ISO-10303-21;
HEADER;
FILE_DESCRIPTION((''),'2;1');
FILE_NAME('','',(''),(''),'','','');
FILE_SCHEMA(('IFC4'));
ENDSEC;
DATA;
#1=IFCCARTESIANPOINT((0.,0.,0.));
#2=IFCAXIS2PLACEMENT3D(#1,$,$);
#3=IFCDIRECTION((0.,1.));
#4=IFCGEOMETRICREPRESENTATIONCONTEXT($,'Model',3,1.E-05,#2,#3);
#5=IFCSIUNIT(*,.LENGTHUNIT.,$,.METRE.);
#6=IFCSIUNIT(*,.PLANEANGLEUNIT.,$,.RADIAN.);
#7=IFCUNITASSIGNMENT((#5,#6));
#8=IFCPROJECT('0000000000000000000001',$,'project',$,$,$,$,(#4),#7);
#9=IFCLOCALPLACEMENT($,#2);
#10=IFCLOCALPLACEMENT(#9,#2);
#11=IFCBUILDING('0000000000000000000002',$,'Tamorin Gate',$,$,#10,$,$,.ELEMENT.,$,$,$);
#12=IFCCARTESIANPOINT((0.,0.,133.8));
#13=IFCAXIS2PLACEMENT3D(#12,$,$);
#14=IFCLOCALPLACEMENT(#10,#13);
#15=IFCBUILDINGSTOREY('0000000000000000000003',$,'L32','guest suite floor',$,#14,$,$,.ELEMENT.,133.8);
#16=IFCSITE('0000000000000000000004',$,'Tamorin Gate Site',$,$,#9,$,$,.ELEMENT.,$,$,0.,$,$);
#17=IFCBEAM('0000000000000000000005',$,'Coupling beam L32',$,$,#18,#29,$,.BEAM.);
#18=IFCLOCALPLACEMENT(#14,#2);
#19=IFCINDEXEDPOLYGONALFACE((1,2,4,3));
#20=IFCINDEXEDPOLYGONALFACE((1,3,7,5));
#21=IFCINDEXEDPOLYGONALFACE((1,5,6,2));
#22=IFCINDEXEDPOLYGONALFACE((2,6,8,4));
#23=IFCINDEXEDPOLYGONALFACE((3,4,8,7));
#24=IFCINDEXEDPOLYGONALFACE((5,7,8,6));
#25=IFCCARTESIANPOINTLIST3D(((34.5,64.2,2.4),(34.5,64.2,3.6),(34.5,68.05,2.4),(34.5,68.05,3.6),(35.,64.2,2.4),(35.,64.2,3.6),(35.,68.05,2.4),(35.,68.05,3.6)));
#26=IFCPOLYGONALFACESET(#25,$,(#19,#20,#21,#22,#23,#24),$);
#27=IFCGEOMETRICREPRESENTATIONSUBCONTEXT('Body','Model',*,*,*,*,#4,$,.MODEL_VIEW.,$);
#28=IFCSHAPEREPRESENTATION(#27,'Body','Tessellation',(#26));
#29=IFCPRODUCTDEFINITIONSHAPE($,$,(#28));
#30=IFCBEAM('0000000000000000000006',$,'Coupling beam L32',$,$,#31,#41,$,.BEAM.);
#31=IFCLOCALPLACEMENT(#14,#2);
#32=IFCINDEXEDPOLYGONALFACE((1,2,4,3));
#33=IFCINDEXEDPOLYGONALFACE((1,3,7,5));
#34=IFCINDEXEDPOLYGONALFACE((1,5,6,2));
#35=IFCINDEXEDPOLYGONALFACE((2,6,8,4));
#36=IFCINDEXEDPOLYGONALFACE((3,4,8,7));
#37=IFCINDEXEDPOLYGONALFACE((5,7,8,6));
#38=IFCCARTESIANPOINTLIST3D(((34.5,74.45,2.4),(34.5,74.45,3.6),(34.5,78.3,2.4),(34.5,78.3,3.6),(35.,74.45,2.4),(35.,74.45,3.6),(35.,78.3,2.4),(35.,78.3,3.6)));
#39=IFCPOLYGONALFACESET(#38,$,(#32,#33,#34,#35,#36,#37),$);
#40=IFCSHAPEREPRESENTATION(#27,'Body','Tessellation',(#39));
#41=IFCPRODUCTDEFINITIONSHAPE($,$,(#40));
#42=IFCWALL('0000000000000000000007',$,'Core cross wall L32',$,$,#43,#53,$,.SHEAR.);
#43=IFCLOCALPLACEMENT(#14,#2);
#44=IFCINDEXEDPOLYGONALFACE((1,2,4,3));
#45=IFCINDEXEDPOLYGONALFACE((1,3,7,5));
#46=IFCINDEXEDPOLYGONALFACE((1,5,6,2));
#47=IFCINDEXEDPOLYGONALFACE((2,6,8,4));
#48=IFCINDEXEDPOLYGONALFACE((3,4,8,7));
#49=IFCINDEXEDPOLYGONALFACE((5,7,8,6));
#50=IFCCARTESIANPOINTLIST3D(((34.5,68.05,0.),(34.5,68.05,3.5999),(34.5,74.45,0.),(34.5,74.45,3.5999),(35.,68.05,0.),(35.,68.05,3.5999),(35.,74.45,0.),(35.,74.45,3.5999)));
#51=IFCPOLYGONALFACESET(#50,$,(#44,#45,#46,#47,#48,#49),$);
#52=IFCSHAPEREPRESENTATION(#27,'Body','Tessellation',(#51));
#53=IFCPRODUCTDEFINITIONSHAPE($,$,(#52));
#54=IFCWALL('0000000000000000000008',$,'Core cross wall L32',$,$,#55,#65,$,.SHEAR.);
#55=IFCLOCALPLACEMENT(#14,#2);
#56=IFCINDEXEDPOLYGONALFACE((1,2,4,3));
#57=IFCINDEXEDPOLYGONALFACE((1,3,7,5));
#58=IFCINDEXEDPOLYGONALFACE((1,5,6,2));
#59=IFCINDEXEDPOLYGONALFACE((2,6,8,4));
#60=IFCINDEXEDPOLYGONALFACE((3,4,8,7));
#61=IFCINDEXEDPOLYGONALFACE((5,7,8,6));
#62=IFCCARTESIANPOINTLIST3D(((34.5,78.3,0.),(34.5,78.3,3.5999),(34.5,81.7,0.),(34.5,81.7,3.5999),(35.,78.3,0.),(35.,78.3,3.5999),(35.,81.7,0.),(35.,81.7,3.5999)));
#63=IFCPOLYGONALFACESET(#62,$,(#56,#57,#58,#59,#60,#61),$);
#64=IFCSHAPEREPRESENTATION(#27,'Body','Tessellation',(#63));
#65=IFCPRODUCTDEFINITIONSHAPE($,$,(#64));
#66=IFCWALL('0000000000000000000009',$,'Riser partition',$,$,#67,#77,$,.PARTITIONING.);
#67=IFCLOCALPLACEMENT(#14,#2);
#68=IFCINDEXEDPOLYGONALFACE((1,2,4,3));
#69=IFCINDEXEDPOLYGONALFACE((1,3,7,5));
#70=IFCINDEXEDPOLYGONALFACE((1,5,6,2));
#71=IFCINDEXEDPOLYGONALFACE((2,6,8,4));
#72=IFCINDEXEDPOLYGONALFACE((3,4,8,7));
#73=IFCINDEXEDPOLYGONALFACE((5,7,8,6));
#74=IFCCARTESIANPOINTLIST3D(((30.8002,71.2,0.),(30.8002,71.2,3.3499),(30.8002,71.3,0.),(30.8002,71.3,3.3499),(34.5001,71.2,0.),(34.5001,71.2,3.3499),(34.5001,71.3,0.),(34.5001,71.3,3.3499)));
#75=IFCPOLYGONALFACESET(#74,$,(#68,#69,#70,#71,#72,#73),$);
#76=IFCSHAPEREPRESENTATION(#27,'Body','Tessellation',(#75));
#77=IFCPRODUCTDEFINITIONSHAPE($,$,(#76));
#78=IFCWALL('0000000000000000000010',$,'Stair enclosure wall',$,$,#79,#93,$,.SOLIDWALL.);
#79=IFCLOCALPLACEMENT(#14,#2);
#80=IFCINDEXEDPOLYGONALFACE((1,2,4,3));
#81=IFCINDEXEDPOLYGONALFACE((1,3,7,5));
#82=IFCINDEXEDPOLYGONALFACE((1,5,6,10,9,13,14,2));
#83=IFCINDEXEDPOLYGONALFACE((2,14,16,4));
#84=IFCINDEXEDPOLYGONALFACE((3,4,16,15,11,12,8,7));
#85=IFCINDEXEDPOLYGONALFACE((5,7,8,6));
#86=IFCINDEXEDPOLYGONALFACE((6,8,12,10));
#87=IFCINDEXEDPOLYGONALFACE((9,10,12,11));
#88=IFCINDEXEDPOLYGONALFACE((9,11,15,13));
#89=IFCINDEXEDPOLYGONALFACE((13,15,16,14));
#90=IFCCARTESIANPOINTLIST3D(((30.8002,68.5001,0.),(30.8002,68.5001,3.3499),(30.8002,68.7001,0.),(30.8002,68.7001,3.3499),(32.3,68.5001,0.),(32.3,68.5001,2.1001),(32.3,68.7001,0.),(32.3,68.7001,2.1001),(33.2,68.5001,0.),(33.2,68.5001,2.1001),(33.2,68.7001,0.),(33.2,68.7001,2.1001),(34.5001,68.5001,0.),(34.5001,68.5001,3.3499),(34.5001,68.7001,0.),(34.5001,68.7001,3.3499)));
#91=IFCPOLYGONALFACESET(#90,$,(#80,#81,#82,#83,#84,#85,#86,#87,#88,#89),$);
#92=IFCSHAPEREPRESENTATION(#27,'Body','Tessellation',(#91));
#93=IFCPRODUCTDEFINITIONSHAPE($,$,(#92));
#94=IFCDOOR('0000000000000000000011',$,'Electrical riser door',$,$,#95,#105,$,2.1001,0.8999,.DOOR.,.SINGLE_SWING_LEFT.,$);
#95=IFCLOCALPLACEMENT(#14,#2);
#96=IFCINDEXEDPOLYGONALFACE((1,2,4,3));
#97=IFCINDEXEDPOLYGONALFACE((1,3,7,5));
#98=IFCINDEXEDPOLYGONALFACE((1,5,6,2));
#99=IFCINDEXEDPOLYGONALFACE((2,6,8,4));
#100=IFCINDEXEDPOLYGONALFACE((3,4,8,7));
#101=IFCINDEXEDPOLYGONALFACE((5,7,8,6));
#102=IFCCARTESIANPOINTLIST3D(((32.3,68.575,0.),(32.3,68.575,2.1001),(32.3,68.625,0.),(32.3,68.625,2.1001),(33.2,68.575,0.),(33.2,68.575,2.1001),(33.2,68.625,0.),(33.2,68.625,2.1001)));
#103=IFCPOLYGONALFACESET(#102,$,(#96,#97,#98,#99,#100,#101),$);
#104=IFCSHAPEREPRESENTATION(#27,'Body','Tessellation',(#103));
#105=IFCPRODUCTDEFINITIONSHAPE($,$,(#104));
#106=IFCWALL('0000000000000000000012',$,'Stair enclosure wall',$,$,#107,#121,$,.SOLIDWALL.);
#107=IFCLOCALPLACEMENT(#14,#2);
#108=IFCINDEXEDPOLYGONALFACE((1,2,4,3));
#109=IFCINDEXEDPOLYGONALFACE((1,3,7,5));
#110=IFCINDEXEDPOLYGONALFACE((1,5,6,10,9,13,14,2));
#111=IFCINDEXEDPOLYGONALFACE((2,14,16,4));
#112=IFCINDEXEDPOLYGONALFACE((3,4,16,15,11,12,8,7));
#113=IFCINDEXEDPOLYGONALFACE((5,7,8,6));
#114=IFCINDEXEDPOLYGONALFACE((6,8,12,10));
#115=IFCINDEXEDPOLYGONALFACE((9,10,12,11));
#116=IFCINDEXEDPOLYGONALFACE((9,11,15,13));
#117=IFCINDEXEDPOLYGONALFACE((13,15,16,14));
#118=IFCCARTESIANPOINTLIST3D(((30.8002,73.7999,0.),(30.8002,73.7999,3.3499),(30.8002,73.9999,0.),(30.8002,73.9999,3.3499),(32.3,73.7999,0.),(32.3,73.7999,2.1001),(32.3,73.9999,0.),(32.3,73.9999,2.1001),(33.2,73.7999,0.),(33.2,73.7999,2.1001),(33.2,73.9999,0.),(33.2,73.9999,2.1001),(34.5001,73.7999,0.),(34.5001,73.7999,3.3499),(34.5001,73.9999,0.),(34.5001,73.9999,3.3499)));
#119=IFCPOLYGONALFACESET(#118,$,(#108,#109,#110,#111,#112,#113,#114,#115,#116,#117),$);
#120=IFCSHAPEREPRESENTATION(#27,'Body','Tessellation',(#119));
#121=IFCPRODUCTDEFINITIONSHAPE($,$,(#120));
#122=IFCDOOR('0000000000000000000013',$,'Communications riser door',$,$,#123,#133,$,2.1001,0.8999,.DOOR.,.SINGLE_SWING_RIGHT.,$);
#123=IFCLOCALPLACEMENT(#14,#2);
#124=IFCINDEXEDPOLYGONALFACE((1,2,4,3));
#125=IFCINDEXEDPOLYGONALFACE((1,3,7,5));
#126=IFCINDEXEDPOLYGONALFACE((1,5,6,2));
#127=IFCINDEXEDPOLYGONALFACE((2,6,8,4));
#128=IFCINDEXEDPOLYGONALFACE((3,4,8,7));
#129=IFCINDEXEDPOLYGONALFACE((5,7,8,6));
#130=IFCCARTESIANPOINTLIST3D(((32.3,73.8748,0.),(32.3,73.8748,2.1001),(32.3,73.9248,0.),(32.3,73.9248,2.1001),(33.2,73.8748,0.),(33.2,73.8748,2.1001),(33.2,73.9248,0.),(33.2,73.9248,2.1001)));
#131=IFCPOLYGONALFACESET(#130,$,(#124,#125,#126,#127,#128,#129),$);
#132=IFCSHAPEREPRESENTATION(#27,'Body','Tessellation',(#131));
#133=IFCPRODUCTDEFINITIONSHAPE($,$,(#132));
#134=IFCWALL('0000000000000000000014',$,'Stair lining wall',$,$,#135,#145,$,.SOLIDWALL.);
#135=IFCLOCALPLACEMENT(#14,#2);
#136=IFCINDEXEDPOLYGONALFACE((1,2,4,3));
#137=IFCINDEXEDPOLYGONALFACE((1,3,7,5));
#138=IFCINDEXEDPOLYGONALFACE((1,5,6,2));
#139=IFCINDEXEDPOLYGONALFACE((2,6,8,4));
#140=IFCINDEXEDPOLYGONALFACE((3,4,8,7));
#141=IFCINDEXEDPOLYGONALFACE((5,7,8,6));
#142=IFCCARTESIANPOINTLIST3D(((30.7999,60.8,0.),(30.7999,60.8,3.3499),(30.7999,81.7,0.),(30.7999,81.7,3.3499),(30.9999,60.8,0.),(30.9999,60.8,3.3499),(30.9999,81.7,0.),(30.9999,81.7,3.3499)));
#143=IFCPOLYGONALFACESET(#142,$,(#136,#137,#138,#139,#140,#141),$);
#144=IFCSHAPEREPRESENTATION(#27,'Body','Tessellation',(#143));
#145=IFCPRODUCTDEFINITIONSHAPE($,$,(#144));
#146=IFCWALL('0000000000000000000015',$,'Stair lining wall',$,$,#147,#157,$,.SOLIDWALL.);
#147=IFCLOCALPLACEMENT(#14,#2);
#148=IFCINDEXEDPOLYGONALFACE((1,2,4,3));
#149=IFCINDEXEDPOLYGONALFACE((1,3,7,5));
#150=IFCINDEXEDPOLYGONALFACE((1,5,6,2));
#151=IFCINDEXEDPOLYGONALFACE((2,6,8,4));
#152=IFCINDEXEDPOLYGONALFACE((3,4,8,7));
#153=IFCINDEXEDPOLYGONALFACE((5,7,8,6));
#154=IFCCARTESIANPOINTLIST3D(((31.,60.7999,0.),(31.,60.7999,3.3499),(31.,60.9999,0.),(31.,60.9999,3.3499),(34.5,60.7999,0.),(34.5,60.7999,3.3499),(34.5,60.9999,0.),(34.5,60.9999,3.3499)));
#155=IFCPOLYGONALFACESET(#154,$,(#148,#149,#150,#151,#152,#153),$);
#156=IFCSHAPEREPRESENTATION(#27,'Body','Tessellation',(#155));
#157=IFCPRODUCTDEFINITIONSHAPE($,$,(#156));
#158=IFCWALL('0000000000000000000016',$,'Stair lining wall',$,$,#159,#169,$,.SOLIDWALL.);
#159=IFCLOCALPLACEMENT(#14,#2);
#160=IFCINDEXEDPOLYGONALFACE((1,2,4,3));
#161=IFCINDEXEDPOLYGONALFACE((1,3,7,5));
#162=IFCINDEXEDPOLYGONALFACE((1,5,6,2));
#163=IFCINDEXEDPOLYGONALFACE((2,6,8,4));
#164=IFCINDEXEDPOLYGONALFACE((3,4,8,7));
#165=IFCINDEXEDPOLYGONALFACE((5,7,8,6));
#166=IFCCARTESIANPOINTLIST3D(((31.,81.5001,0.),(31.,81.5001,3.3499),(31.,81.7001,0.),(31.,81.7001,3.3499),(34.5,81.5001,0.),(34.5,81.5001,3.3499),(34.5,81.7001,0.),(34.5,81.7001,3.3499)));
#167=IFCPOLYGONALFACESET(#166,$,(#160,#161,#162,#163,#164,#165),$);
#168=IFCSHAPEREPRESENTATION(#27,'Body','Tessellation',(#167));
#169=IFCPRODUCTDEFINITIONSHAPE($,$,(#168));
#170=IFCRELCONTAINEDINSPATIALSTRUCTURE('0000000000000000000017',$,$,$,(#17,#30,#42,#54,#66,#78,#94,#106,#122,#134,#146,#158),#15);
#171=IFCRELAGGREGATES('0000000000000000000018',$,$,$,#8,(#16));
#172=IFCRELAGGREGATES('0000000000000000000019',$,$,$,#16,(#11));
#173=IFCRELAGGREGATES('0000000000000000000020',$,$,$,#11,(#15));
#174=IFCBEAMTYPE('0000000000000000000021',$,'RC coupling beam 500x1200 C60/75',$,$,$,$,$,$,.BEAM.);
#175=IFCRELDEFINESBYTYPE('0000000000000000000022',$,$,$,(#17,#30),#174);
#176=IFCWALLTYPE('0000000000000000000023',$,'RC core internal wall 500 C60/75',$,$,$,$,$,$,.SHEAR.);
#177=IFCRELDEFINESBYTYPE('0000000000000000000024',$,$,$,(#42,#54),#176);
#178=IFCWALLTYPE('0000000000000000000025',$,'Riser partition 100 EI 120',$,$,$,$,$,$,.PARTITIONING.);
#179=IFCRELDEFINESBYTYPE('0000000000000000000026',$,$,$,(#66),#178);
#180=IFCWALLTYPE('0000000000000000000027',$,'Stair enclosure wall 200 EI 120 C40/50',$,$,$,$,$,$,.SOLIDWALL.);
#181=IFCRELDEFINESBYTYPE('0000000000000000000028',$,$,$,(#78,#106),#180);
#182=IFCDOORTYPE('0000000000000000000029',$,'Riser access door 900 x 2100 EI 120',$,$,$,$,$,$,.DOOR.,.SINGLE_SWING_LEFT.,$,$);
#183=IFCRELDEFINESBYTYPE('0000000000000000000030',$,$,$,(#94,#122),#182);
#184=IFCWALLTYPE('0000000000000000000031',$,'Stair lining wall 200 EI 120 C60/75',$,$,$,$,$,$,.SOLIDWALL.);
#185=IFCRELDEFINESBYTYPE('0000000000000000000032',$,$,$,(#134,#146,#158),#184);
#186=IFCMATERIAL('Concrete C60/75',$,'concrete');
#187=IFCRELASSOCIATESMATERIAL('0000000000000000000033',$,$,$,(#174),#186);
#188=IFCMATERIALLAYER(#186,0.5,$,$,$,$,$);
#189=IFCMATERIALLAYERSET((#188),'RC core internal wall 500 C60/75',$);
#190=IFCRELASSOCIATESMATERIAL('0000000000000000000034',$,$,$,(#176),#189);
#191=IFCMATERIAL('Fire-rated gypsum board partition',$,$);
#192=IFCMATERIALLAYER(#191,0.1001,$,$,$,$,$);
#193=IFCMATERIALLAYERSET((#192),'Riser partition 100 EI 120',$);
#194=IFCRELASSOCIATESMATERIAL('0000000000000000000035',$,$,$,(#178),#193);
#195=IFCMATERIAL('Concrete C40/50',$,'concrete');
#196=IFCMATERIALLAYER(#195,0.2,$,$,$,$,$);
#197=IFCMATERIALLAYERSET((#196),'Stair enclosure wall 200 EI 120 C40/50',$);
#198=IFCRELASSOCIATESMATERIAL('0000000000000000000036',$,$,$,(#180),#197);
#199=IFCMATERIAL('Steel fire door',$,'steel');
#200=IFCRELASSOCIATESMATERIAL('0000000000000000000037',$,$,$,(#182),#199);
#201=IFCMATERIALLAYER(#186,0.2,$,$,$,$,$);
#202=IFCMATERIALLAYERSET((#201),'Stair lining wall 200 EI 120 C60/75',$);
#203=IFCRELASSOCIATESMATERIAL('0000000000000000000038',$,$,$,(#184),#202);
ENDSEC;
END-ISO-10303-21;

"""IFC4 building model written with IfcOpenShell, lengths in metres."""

from ifc_helpers import new_model, si_unit, direction, frame, frame_2d, origin, origin_2d, place, context, subcontext, project, spatial, rectangle, extrude, material, layer, layer_set, material_profile, profile_set, type_object, element, fill, save


model = new_model("IFC4")

# Units and contexts
model_context = context("Model", 3, precision=1e-05, world=origin(), true_north=direction((0.0, 1.0)))
body_context = subcontext(model_context, "Body", "Model", "MODEL_VIEW")
ifc_project = project(units=[si_unit("LENGTHUNIT", "METRE"), si_unit("PLANEANGLEUNIT", "RADIAN")], contexts=[model_context])

# Site, building, storey
site_placement = place(None, origin())
site = spatial("IfcSite", under=ifc_project, at=site_placement, Name="Tamorin Gate Site", CompositionType="ELEMENT", RefElevation=0.0)
building_placement = place(site_placement, origin())
building = spatial("IfcBuilding", under=site, at=building_placement, Name="Tamorin Gate", CompositionType="ELEMENT")
storey_placement = place(building_placement, frame((0.0, 0.0, 133.8)))
storey = spatial("IfcBuildingStorey", under=building, at=storey_placement, Name="L32", Description="guest suite floor", CompositionType="ELEMENT", Elevation=133.8)

# Beams
ifc_material_1 = material(Name="Concrete C60/75", Category="concrete")
ifc_material_profile = material_profile(ifc_material_1, rectangle(XDim=0.5, YDim=1.2, at=origin_2d()), Name="RC 500x1200")
ifc_profile_set = profile_set([ifc_material_profile], Name="Concrete C60/75")
beam_type = type_object("IfcBeamType", Name="RC coupling beam 500x1200 C60/75", PredefinedType="BEAM", material=ifc_profile_set)
for number, where, z_axis, x_axis, name in (
    (1, (34.75, 64.2, 3.0), (0.0, 1.0, 0.0), (-1.0, 0.0, 0.0), "Coupling beam L32"),
    (2, (34.75, 74.45, 3.0), (0.0, 1.0, 0.0), (-1.0, 0.0, 0.0), "Coupling beam L32"),
):
    element("IfcBeam", number, at=place(storey_placement, frame(where, z_axis=z_axis, x_axis=x_axis)), inside=storey, type_object=beam_type, Name=name, PredefinedType="BEAM", context=body_context, shape_type="SweptSolid", body=[
        extrude(rectangle(XDim=0.5, YDim=1.2, at=origin_2d()), origin(), (0.0, 0.0, 1.0), 3.8501),
    ])

# Walls
ifc_layer_1 = layer(ifc_material_1, 0.5)
ifc_layer_set_1 = layer_set([ifc_layer_1], Name="RC core internal wall 500 C60/75")
wall_type_1 = type_object("IfcWallType", Name="RC core internal wall 500 C60/75", PredefinedType="SHEAR", material=ifc_layer_set_1)
wall_1_placement = place(storey_placement, frame((34.75, 68.05, 0.0), z_axis=(0.0, 0.0, 1.0), x_axis=(0.0, 1.0, 0.0)))
element("IfcWall", 3, at=wall_1_placement, inside=storey, type_object=wall_type_1, Name="Core cross wall L32", PredefinedType="SHEAR", context=body_context, shape_type="SweptSolid", body=[
    extrude(rectangle(XDim=6.3999, YDim=0.5, at=frame_2d((3.2, 0.0))), origin(), (0.0, 0.0, 1.0), 3.5999),
])
wall_2_placement = place(storey_placement, frame((34.75, 78.3, 0.0), z_axis=(0.0, 0.0, 1.0), x_axis=(0.0, 1.0, 0.0)))
element("IfcWall", 4, at=wall_2_placement, inside=storey, type_object=wall_type_1, Name="Core cross wall L32", PredefinedType="SHEAR", context=body_context, shape_type="SweptSolid", body=[
    extrude(rectangle(XDim=3.3999, YDim=0.5, at=frame_2d((1.7, 0.0))), origin(), (0.0, 0.0, 1.0), 3.5999),
])
ifc_material_2 = material(Name="Fire-rated gypsum board partition")
ifc_layer_2 = layer(ifc_material_2, 0.1001)
ifc_layer_set_2 = layer_set([ifc_layer_2], Name="Riser partition 100 EI 120")
wall_type_2 = type_object("IfcWallType", Name="Riser partition 100 EI 120", PredefinedType="PARTITIONING", material=ifc_layer_set_2)
wall_3_placement = place(storey_placement, frame((30.8, 71.25, 0.0), z_axis=(0.0, 0.0, 1.0), x_axis=(1.0, 0.0, 0.0)))
element("IfcWall", 5, at=wall_3_placement, inside=storey, type_object=wall_type_2, Name="Riser partition", PredefinedType="PARTITIONING", context=body_context, shape_type="SweptSolid", body=[
    extrude(rectangle(XDim=3.7, YDim=0.1001, at=frame_2d((1.8501, 0.0))), origin(), (0.0, 0.0, 1.0), 3.3499),
])

# Walls, openings, doors
ifc_material_3 = material(Name="Concrete C40/50", Category="concrete")
ifc_layer_3 = layer(ifc_material_3, 0.2)
ifc_layer_set_3 = layer_set([ifc_layer_3], Name="Stair enclosure wall 200 EI 120 C40/50")
wall_type_3 = type_object("IfcWallType", Name="Stair enclosure wall 200 EI 120 C40/50", PredefinedType="SOLIDWALL", material=ifc_layer_set_3)
wall_4_placement = place(storey_placement, frame((30.8, 68.6001, 0.0), z_axis=(0.0, 0.0, 1.0), x_axis=(1.0, 0.0, 0.0)))
wall_4 = element("IfcWall", 6, at=wall_4_placement, inside=storey, type_object=wall_type_3, Name="Stair enclosure wall", PredefinedType="SOLIDWALL", context=body_context, shape_type="SweptSolid", body=[
    extrude(rectangle(XDim=3.7, YDim=0.2, at=frame_2d((1.8501, 0.0))), origin(), (0.0, 0.0, 1.0), 3.3499),
])
opening_1_placement = place(wall_4_placement, frame((1.5, 0.0, 0.0)))
opening_1 = element("IfcOpeningElement", 7, at=opening_1_placement, cuts=wall_4, PredefinedType="OPENING", context=body_context, shape_type="SweptSolid", body=[
    extrude(rectangle(XDim=0.8999, YDim=2.1001, at=frame_2d((0.45, 1.05))), frame((0.0, 0.1099, 0.0), z_axis=(0.0, -1.0, 0.0), x_axis=(1.0, 0.0, 0.0)), (0.0, 0.0, 1.0), 0.22),
])
ifc_material_4 = material(Name="Steel fire door", Category="steel")
door_type_1 = type_object("IfcDoorType", Name="Riser access door 900 x 2100 EI 120", OperationType="SINGLE_SWING_LEFT", PredefinedType="DOOR", material=ifc_material_4)
door_1_placement = place(opening_1_placement, origin())
door_1 = element("IfcDoor", 8, at=door_1_placement, inside=storey, type_object=door_type_1, Name="Electrical riser door", OperationType="SINGLE_SWING_LEFT", OverallHeight=2.1001, OverallWidth=0.8999, PredefinedType="DOOR", context=body_context, shape_type="SweptSolid", body=[
    extrude(rectangle(XDim=0.8999, YDim=2.1001, at=frame_2d((0.45, 1.05))), frame((0.0, 0.0249, 0.0), z_axis=(0.0, -1.0, 0.0), x_axis=(1.0, 0.0, 0.0)), (0.0, 0.0, 1.0), 0.05),
])
fill(opening_1, door_1)
wall_5_placement = place(storey_placement, frame((30.8, 73.8999, 0.0), z_axis=(0.0, 0.0, 1.0), x_axis=(1.0, 0.0, 0.0)))
wall_5 = element("IfcWall", 9, at=wall_5_placement, inside=storey, type_object=wall_type_3, Name="Stair enclosure wall", PredefinedType="SOLIDWALL", context=body_context, shape_type="SweptSolid", body=[
    extrude(rectangle(XDim=3.7, YDim=0.2, at=frame_2d((1.8501, 0.0))), origin(), (0.0, 0.0, 1.0), 3.3499),
])
opening_2_placement = place(wall_5_placement, frame((1.5, 0.0, 0.0)))
opening_2 = element("IfcOpeningElement", 10, at=opening_2_placement, cuts=wall_5, PredefinedType="OPENING", context=body_context, shape_type="SweptSolid", body=[
    extrude(rectangle(XDim=0.8999, YDim=2.1001, at=frame_2d((0.45, 1.05))), frame((0.0, 0.1099, 0.0), z_axis=(0.0, -1.0, 0.0), x_axis=(1.0, 0.0, 0.0)), (0.0, 0.0, 1.0), 0.22),
])
door_2_placement = place(opening_2_placement, origin())
door_2 = element("IfcDoor", 11, at=door_2_placement, inside=storey, type_object=door_type_1, Name="Communications riser door", OperationType="SINGLE_SWING_RIGHT", OverallHeight=2.1001, OverallWidth=0.8999, PredefinedType="DOOR", context=body_context, shape_type="SweptSolid", body=[
    extrude(rectangle(XDim=0.8999, YDim=2.1001, at=frame_2d((0.45, 1.05))), frame((0.0, 0.0249, 0.0), z_axis=(0.0, -1.0, 0.0), x_axis=(1.0, 0.0, 0.0)), (0.0, 0.0, 1.0), 0.05),
])
fill(opening_2, door_2)

# Walls
ifc_layer_4 = layer(ifc_material_1, 0.2)
ifc_layer_set_4 = layer_set([ifc_layer_4], Name="Stair lining wall 200 EI 120 C60/75")
wall_type_4 = type_object("IfcWallType", Name="Stair lining wall 200 EI 120 C60/75", PredefinedType="SOLIDWALL", material=ifc_layer_set_4)
wall_6_placement = place(storey_placement, frame((30.8999, 60.8, 0.0), z_axis=(0.0, 0.0, 1.0), x_axis=(0.0, 1.0, 0.0)))
element("IfcWall", 12, at=wall_6_placement, inside=storey, type_object=wall_type_4, Name="Stair lining wall", PredefinedType="SOLIDWALL", context=body_context, shape_type="SweptSolid", body=[
    extrude(rectangle(XDim=20.8999, YDim=0.2, at=frame_2d((10.45, 0.0))), origin(), (0.0, 0.0, 1.0), 3.3499),
])
for number, where, z_axis, x_axis, name in (
    (13, (31.0, 60.8999, 0.0), (0.0, 0.0, 1.0), (1.0, 0.0, 0.0), "Stair lining wall"),
    (14, (31.0, 81.6001, 0.0), (0.0, 0.0, 1.0), (1.0, 0.0, 0.0), "Stair lining wall"),
):
    element("IfcWall", number, at=place(storey_placement, frame(where, z_axis=z_axis, x_axis=x_axis)), inside=storey, type_object=wall_type_4, Name=name, PredefinedType="SOLIDWALL", context=body_context, shape_type="SweptSolid", body=[
        extrude(rectangle(XDim=3.5, YDim=0.2, at=frame_2d((1.75, 0.0))), origin(), (0.0, 0.0, 1.0), 3.3499),
    ])

save(model, "model.ifc")
